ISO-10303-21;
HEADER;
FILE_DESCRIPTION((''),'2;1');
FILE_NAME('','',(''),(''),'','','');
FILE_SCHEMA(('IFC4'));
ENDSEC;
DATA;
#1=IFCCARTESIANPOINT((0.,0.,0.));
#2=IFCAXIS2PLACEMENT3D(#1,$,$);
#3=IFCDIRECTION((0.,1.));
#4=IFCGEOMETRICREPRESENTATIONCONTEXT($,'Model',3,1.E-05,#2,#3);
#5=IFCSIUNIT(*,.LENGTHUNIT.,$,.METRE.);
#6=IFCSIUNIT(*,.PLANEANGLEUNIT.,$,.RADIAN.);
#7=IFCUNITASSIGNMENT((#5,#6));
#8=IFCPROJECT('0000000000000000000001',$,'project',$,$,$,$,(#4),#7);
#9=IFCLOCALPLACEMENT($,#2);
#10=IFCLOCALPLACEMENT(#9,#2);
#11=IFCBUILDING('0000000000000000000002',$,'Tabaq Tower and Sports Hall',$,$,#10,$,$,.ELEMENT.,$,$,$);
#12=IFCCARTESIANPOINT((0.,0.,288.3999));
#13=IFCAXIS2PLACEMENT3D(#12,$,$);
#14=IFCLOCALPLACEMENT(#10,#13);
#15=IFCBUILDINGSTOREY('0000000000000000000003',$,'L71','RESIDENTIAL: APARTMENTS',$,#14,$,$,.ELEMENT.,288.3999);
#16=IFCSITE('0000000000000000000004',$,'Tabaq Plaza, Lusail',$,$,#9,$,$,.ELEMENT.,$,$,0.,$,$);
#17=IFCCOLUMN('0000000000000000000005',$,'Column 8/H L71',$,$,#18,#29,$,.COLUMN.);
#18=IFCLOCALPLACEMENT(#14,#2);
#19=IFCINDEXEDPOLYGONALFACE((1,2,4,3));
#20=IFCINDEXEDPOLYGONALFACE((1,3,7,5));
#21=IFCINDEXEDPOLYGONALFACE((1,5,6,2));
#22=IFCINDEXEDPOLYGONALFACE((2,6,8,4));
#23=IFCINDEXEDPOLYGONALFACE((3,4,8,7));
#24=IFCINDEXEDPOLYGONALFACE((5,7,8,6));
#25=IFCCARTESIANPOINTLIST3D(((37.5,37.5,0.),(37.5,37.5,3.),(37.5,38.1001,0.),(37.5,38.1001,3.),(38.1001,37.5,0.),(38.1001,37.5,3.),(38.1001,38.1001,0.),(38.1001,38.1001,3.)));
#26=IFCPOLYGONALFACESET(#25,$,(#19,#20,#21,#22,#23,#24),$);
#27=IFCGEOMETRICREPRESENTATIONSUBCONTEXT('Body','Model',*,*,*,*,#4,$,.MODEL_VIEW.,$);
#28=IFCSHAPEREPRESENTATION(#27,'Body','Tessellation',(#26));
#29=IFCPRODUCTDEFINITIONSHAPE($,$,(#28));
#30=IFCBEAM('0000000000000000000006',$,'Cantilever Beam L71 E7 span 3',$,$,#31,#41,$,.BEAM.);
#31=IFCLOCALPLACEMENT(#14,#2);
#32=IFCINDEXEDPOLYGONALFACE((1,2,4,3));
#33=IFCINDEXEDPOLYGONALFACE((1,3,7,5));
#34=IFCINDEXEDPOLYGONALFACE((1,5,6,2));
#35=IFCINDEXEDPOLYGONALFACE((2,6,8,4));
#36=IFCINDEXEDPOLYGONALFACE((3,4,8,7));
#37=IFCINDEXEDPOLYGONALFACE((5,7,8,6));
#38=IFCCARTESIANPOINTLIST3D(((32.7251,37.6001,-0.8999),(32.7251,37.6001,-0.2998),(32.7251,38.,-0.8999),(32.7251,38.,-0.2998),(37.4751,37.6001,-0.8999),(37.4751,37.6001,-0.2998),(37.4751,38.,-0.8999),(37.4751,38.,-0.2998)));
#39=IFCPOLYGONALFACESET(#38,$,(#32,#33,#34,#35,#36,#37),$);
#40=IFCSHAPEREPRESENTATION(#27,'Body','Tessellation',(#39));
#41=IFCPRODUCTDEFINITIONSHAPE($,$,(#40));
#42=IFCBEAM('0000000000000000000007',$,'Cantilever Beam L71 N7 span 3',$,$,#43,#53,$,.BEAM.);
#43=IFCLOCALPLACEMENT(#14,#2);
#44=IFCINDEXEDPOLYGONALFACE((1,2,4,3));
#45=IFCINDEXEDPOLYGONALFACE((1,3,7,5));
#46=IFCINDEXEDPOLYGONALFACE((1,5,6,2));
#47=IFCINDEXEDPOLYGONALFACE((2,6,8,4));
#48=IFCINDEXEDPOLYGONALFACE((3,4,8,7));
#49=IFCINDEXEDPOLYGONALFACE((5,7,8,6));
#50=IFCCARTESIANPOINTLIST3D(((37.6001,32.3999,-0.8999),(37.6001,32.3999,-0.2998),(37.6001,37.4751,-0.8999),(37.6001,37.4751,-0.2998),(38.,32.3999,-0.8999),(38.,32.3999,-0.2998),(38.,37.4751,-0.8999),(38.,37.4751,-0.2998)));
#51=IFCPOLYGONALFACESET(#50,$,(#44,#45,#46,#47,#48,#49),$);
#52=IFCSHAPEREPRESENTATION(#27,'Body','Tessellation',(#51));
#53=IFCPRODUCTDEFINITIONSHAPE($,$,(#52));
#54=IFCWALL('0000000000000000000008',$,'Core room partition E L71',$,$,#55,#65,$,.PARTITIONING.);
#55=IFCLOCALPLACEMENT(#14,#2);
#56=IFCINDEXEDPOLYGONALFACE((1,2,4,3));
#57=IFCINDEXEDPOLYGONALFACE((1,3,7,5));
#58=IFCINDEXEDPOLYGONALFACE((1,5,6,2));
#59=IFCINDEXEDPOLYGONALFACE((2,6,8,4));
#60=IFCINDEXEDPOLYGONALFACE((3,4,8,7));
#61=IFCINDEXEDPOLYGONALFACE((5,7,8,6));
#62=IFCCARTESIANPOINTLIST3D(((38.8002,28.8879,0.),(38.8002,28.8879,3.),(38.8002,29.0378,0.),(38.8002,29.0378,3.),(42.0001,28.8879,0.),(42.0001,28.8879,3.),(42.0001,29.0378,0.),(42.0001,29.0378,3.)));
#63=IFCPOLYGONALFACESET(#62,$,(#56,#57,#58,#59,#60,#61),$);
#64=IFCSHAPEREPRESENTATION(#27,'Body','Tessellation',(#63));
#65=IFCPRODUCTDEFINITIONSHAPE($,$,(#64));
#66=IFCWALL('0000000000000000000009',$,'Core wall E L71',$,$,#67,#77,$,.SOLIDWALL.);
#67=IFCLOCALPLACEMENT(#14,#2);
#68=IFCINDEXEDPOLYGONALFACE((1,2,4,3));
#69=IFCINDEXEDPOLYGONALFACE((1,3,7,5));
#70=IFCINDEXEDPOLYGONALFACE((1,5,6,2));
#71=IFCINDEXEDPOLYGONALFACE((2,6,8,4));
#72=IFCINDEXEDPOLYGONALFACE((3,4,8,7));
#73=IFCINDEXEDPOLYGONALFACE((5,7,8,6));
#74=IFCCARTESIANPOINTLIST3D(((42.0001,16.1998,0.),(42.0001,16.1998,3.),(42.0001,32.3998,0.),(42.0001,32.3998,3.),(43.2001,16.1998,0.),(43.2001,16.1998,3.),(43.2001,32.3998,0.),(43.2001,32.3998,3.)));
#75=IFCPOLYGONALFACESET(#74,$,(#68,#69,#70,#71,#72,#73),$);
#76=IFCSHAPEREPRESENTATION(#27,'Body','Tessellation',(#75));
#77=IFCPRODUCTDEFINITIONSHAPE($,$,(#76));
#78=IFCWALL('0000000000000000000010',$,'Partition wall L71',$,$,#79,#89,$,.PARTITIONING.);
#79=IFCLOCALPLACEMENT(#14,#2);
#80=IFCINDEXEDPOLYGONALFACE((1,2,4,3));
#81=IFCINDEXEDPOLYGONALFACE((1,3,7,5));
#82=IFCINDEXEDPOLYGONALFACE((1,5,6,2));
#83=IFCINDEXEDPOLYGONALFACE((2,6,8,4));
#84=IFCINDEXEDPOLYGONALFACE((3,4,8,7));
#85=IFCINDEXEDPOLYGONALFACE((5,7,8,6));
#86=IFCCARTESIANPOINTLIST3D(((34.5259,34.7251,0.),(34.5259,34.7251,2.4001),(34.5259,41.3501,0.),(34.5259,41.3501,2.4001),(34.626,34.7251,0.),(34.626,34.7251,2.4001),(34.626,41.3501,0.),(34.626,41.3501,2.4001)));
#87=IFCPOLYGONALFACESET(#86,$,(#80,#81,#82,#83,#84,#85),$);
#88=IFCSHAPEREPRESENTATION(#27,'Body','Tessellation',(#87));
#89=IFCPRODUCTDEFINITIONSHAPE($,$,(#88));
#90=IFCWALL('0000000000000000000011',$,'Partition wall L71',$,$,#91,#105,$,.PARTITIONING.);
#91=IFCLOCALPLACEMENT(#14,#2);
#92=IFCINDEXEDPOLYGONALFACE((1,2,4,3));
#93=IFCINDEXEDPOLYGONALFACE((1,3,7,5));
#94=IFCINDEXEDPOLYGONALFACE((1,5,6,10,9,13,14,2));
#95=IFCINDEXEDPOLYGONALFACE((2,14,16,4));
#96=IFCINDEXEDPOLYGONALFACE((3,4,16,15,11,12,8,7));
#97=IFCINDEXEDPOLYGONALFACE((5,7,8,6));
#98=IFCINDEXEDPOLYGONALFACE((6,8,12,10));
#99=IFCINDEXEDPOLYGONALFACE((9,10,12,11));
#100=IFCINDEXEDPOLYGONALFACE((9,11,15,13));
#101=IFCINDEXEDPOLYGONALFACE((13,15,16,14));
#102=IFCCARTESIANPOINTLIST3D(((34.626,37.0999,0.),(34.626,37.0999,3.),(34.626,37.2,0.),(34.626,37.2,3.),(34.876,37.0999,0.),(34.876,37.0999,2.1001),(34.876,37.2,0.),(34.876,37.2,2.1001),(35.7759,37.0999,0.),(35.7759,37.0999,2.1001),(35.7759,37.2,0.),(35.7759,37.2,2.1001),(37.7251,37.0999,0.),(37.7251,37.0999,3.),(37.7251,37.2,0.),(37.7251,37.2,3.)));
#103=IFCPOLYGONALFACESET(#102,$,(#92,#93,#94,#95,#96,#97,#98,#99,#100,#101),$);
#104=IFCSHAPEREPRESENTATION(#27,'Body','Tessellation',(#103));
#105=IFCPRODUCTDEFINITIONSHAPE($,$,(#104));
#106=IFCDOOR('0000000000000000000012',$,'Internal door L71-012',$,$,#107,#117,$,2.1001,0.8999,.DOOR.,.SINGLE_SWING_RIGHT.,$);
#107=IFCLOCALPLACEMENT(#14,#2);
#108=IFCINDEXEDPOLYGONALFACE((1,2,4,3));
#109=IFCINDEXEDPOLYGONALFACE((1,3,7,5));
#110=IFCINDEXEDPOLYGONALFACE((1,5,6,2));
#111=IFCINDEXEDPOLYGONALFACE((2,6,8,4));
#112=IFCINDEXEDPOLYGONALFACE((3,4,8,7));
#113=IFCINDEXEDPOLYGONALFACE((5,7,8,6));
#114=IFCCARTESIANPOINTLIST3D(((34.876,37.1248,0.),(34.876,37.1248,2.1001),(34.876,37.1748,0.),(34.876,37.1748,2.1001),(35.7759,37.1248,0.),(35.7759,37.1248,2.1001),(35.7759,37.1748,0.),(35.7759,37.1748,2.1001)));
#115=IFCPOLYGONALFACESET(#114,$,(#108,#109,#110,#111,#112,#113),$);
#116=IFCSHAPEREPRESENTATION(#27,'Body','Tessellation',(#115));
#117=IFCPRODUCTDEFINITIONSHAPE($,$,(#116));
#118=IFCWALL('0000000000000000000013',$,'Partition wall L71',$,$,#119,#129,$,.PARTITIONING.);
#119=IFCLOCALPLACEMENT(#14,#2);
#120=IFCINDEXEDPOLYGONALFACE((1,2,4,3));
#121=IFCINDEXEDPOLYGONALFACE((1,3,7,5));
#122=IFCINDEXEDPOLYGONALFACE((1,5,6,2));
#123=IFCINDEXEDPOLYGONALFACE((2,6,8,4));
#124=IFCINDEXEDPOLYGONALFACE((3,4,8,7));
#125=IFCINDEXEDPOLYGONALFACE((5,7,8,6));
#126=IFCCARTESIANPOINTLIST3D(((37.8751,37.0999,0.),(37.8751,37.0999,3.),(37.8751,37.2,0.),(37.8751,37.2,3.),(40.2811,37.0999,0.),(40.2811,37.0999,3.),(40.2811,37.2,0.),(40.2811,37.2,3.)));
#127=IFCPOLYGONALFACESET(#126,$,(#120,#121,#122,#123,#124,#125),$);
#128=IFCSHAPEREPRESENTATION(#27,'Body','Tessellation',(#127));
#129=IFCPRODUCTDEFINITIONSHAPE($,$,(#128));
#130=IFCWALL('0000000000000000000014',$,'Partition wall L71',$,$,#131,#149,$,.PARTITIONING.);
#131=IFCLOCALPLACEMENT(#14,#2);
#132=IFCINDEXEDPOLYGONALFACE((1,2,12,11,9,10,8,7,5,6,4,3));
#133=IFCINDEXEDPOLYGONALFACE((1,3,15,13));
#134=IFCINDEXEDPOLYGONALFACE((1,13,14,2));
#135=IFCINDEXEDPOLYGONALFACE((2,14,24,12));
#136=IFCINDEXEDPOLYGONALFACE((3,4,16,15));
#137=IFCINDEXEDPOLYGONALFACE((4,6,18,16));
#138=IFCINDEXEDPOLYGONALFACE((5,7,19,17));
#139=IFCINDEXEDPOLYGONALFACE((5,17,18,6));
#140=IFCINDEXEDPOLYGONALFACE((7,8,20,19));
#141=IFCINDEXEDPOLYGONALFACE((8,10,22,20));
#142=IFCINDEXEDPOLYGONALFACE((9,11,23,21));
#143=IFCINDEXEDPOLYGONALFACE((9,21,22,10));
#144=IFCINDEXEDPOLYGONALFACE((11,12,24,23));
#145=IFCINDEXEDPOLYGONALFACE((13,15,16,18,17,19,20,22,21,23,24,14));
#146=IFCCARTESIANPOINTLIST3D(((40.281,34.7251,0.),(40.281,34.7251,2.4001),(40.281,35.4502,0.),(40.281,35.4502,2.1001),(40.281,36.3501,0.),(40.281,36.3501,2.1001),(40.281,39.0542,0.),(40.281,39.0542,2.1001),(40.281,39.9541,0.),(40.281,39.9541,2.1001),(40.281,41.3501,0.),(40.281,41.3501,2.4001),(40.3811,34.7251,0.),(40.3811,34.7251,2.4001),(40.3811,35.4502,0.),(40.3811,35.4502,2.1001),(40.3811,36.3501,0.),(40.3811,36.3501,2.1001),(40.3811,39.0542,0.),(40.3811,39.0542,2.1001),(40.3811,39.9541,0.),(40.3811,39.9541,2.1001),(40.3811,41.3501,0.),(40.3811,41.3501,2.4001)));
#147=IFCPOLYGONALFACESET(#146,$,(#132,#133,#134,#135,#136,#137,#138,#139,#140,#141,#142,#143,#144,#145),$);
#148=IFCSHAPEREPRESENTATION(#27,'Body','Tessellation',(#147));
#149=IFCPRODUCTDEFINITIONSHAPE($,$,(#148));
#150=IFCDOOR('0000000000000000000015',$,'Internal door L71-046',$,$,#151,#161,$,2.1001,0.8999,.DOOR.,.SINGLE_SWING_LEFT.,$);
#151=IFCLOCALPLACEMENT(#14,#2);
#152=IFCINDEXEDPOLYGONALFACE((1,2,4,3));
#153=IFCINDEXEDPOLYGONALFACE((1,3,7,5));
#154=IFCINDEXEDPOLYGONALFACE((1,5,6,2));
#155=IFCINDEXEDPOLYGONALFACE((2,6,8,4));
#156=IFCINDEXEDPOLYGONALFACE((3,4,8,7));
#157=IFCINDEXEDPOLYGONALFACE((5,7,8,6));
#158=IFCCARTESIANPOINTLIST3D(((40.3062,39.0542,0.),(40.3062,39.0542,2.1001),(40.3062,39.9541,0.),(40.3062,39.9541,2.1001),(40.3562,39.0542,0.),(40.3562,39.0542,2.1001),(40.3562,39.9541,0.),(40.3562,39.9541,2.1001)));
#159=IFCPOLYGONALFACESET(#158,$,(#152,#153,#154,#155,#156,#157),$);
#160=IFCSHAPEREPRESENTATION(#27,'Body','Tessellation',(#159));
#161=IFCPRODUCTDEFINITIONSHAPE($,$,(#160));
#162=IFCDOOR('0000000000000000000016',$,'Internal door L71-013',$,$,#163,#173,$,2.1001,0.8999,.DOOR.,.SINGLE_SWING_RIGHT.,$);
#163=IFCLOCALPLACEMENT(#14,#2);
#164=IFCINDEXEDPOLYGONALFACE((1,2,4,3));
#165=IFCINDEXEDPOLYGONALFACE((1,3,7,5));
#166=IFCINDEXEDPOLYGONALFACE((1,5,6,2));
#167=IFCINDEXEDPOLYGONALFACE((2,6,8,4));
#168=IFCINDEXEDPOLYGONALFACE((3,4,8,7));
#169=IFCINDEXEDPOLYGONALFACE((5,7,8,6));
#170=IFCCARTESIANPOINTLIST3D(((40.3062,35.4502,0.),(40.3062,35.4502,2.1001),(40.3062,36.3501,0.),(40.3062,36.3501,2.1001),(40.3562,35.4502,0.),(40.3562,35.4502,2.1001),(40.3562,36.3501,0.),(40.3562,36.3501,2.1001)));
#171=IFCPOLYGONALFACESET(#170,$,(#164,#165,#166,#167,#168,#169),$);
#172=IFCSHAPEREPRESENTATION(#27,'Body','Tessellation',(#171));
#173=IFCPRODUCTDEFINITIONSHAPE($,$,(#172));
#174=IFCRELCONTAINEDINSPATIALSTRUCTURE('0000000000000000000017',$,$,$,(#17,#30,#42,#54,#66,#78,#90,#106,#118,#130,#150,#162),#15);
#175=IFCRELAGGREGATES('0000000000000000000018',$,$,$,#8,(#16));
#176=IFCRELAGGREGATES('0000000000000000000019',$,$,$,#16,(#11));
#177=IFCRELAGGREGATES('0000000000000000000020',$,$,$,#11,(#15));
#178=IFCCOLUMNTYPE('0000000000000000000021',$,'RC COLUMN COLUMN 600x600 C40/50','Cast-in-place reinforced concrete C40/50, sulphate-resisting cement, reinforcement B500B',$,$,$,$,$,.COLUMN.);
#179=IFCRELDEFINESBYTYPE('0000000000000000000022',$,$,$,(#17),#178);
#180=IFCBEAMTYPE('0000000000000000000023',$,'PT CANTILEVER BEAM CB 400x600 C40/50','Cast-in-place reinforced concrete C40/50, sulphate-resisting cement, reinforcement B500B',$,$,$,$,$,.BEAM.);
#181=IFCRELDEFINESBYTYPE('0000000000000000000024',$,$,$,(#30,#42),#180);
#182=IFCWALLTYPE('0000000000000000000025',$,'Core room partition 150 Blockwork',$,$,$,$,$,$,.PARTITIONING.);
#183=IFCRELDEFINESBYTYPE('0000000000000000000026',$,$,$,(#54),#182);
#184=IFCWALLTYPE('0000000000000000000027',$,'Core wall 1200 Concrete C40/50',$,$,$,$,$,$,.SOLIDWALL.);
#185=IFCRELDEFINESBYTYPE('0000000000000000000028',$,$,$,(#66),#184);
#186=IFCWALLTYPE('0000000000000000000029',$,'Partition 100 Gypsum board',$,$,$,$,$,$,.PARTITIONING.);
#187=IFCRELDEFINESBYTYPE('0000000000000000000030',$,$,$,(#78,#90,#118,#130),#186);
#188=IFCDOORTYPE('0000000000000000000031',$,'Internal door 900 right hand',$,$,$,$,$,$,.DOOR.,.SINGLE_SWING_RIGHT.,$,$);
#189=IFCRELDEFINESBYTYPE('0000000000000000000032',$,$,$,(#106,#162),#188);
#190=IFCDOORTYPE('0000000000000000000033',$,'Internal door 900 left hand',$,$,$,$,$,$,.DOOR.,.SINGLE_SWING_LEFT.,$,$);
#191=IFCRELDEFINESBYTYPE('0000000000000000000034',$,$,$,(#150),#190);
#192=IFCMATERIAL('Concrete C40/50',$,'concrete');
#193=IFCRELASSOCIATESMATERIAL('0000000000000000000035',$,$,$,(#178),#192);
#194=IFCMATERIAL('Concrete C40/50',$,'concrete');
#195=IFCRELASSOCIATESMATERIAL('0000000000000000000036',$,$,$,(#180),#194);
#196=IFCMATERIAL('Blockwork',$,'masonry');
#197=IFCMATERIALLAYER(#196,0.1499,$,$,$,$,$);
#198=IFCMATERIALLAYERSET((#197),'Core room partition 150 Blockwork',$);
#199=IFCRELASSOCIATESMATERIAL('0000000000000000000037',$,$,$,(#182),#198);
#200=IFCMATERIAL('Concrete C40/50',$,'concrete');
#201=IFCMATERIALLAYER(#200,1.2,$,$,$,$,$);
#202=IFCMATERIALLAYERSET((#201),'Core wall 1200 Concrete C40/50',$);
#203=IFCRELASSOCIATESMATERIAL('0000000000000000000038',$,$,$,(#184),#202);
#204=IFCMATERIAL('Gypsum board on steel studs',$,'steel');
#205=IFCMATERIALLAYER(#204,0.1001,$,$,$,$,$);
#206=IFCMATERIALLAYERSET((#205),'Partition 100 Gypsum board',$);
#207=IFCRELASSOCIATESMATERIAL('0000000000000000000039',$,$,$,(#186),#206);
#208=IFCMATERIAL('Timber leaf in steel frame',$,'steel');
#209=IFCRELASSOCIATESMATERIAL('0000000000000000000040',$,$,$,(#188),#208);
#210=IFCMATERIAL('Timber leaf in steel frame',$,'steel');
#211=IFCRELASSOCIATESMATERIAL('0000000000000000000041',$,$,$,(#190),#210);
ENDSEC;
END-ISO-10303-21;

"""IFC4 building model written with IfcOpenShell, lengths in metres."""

from ifc_helpers import new_model, si_unit, direction, frame, frame_2d, origin, origin_2d, place, context, subcontext, project, spatial, rectangle, extrude, material, layer, layer_set, material_profile, profile_set, type_object, element, fill, save


model = new_model("IFC4")

# Units and contexts
model_context = context("Model", 3, precision=1e-05, world=origin(), true_north=direction((0.0, 1.0)))
body_context = subcontext(model_context, "Body", "Model", "MODEL_VIEW")
ifc_project = project(units=[si_unit("LENGTHUNIT", "METRE"), si_unit("PLANEANGLEUNIT", "RADIAN")], contexts=[model_context])

# Site, building, storey
site_placement = place(None, origin())
site = spatial("IfcSite", under=ifc_project, at=site_placement, Name="Tabaq Plaza, Lusail", CompositionType="ELEMENT", RefElevation=0.0)
building_placement = place(site_placement, origin())
building = spatial("IfcBuilding", under=site, at=building_placement, Name="Tabaq Tower and Sports Hall", CompositionType="ELEMENT")
storey_placement = place(building_placement, frame((0.0, 0.0, 288.3999)))
storey = spatial("IfcBuildingStorey", under=building, at=storey_placement, Name="L71", Description="RESIDENTIAL: APARTMENTS", CompositionType="ELEMENT", Elevation=288.3999)

# Column
ifc_material_1 = material(Name="Concrete C40/50", Category="concrete")
ifc_material_profile_1 = material_profile(ifc_material_1, rectangle(XDim=0.6001, YDim=0.6001, at=origin_2d()), Name="COLUMN 600x600")
ifc_profile_set_1 = profile_set([ifc_material_profile_1], Name="Concrete C40/50")
column_type = type_object("IfcColumnType", Name="RC COLUMN COLUMN 600x600 C40/50", Description="Cast-in-place reinforced concrete C40/50, sulphate-resisting cement, reinforcement B500B", PredefinedType="COLUMN", material=ifc_profile_set_1)
column_placement = place(storey_placement, frame((37.8, 37.8, 0.0), z_axis=(0.0, 0.0, 1.0), x_axis=(1.0, 0.0, 0.0)))
element("IfcColumn", 1, at=column_placement, inside=storey, type_object=column_type, Name="Column 8/H L71", PredefinedType="COLUMN", context=body_context, shape_type="SweptSolid", body=[
    extrude(rectangle(XDim=0.6001, YDim=0.6001, at=origin_2d()), origin(), (0.0, 0.0, 1.0), 3.0),
])

# Beams
ifc_material_2 = material(Name="Concrete C40/50", Category="concrete")
ifc_material_profile_2 = material_profile(ifc_material_2, rectangle(XDim=0.3999, YDim=0.6001, at=origin_2d()), Name="CB 400x600")
ifc_profile_set_2 = profile_set([ifc_material_profile_2], Name="Concrete C40/50")
beam_type = type_object("IfcBeamType", Name="PT CANTILEVER BEAM CB 400x600 C40/50", Description="Cast-in-place reinforced concrete C40/50, sulphate-resisting cement, reinforcement B500B", PredefinedType="BEAM", material=ifc_profile_set_2)
beam_1_placement = place(storey_placement, frame((37.4751, 37.8, -0.5999), z_axis=(-1.0, 0.0, 0.0), x_axis=(0.0, -1.0, 0.0)))
element("IfcBeam", 2, at=beam_1_placement, inside=storey, type_object=beam_type, Name="Cantilever Beam L71 E7 span 3", PredefinedType="BEAM", context=body_context, shape_type="SweptSolid", body=[
    extrude(rectangle(XDim=0.3999, YDim=0.6001, at=origin_2d()), origin(), (0.0, 0.0, 1.0), 4.75),
])
beam_2_placement = place(storey_placement, frame((37.8, 37.4751, -0.5999), z_axis=(0.0, -1.0, 0.0), x_axis=(1.0, 0.0, 0.0)))
element("IfcBeam", 3, at=beam_2_placement, inside=storey, type_object=beam_type, Name="Cantilever Beam L71 N7 span 3", PredefinedType="BEAM", context=body_context, shape_type="SweptSolid", body=[
    extrude(rectangle(XDim=0.3999, YDim=0.6001, at=origin_2d()), origin(), (0.0, 0.0, 1.0), 5.0752),
])

# Walls
ifc_material_3 = material(Name="Blockwork", Category="masonry")
ifc_layer_1 = layer(ifc_material_3, 0.1499)
ifc_layer_set_1 = layer_set([ifc_layer_1], Name="Core room partition 150 Blockwork")
wall_type_1 = type_object("IfcWallType", Name="Core room partition 150 Blockwork", PredefinedType="PARTITIONING", material=ifc_layer_set_1)
wall_1_placement = place(storey_placement, frame((38.8, 28.9629, 0.0), z_axis=(0.0, 0.0, 1.0), x_axis=(1.0, 0.0, 0.0)))
element("IfcWall", 4, at=wall_1_placement, inside=storey, type_object=wall_type_1, Name="Core room partition E L71", PredefinedType="PARTITIONING", context=body_context, shape_type="SweptSolid", body=[
    extrude(rectangle(XDim=3.2, YDim=0.1499, at=frame_2d((1.6001, 0.0))), origin(), (0.0, 0.0, 1.0), 3.0),
])
ifc_material_4 = material(Name="Concrete C40/50", Category="concrete")
ifc_layer_2 = layer(ifc_material_4, 1.2)
ifc_layer_set_2 = layer_set([ifc_layer_2], Name="Core wall 1200 Concrete C40/50")
wall_type_2 = type_object("IfcWallType", Name="Core wall 1200 Concrete C40/50", PredefinedType="SOLIDWALL", material=ifc_layer_set_2)
wall_2_placement = place(storey_placement, frame((42.6001, 32.3999, 0.0), z_axis=(0.0, 0.0, 1.0), x_axis=(0.0, -1.0, 0.0)))
element("IfcWall", 5, at=wall_2_placement, inside=storey, type_object=wall_type_2, Name="Core wall E L71", PredefinedType="SOLIDWALL", context=body_context, shape_type="SweptSolid", body=[
    extrude(rectangle(XDim=16.2, YDim=1.2, at=frame_2d((8.1001, 0.0))), origin(), (0.0, 0.0, 1.0), 3.0),
])
ifc_material_5 = material(Name="Gypsum board on steel studs", Category="steel")
ifc_layer_3 = layer(ifc_material_5, 0.1001)
ifc_layer_set_3 = layer_set([ifc_layer_3], Name="Partition 100 Gypsum board")
wall_type_3 = type_object("IfcWallType", Name="Partition 100 Gypsum board", PredefinedType="PARTITIONING", material=ifc_layer_set_3)
wall_3_placement = place(storey_placement, frame((34.5759, 34.7251, 0.0), z_axis=(0.0, 0.0, 1.0), x_axis=(0.0, 1.0, 0.0)))
element("IfcWall", 6, at=wall_3_placement, inside=storey, type_object=wall_type_3, Name="Partition wall L71", PredefinedType="PARTITIONING", context=body_context, shape_type="SweptSolid", body=[
    extrude(rectangle(XDim=6.625, YDim=0.1001, at=frame_2d((3.3125, 0.0))), origin(), (0.0, 0.0, 1.0), 2.4001),
])

# Wall, opening, door
wall_4_placement = place(storey_placement, frame((34.626, 37.1499, 0.0), z_axis=(0.0, 0.0, 1.0), x_axis=(1.0, 0.0, 0.0)))
wall_4 = element("IfcWall", 7, at=wall_4_placement, inside=storey, type_object=wall_type_3, Name="Partition wall L71", PredefinedType="PARTITIONING", context=body_context, shape_type="SweptSolid", body=[
    extrude(rectangle(XDim=3.0991, YDim=0.1001, at=frame_2d((1.5496, 0.0))), origin(), (0.0, 0.0, 1.0), 3.0),
])
opening_1_placement = place(wall_4_placement, frame((0.25, 0.0, 0.0)))
opening_1 = element("IfcOpeningElement", 8, at=opening_1_placement, cuts=wall_4, PredefinedType="OPENING", context=body_context, shape_type="SweptSolid", body=[
    extrude(rectangle(XDim=0.8999, YDim=2.1001, at=frame_2d((0.45, 1.05))), frame((0.0, 0.05, 0.0), z_axis=(0.0, -1.0, 0.0), x_axis=(1.0, 0.0, 0.0)), (0.0, 0.0, 1.0), 0.1001),
])
ifc_material_6 = material(Name="Timber leaf in steel frame", Category="steel")
door_type_1 = type_object("IfcDoorType", Name="Internal door 900 right hand", OperationType="SINGLE_SWING_RIGHT", PredefinedType="DOOR", material=ifc_material_6)
door_1_placement = place(opening_1_placement, origin())
door_1 = element("IfcDoor", 9, at=door_1_placement, inside=storey, type_object=door_type_1, Name="Internal door L71-012", OperationType="SINGLE_SWING_RIGHT", OverallHeight=2.1001, OverallWidth=0.8999, PredefinedType="DOOR", context=body_context, shape_type="SweptSolid", body=[
    extrude(rectangle(XDim=0.8999, YDim=2.1001, at=frame_2d((0.45, 1.05))), frame((0.0, 0.0249, 0.0), z_axis=(0.0, -1.0, 0.0), x_axis=(1.0, 0.0, 0.0)), (0.0, 0.0, 1.0), 0.05),
])
fill(opening_1, door_1)

# Wall
wall_5_placement = place(storey_placement, frame((37.875, 37.1499, 0.0), z_axis=(0.0, 0.0, 1.0), x_axis=(1.0, 0.0, 0.0)))
element("IfcWall", 10, at=wall_5_placement, inside=storey, type_object=wall_type_3, Name="Partition wall L71", PredefinedType="PARTITIONING", context=body_context, shape_type="SweptSolid", body=[
    extrude(rectangle(XDim=2.406, YDim=0.1001, at=frame_2d((1.2031, 0.0))), origin(), (0.0, 0.0, 1.0), 3.0),
])

# Wall, openings, doors
wall_6_placement = place(storey_placement, frame((40.3311, 34.7251, 0.0), z_axis=(0.0, 0.0, 1.0), x_axis=(0.0, 1.0, 0.0)))
wall_6 = element("IfcWall", 11, at=wall_6_placement, inside=storey, type_object=wall_type_3, Name="Partition wall L71", PredefinedType="PARTITIONING", context=body_context, shape_type="SweptSolid", body=[
    extrude(rectangle(XDim=6.625, YDim=0.1001, at=frame_2d((3.3125, 0.0))), origin(), (0.0, 0.0, 1.0), 2.4001),
])
opening_2_placement = place(wall_6_placement, frame((0.7251, 0.0, 0.0)))
opening_2 = element("IfcOpeningElement", 12, at=opening_2_placement, cuts=wall_6, PredefinedType="OPENING", context=body_context, shape_type="SweptSolid", body=[
    extrude(rectangle(XDim=0.8999, YDim=2.1001, at=frame_2d((0.45, 1.05))), frame((0.0, 0.05, 0.0), z_axis=(0.0, -1.0, 0.0), x_axis=(1.0, 0.0, 0.0)), (0.0, 0.0, 1.0), 0.1001),
])
opening_3_placement = place(wall_6_placement, frame((4.3291, 0.0, 0.0)))
opening_3 = element("IfcOpeningElement", 13, at=opening_3_placement, cuts=wall_6, PredefinedType="OPENING", context=body_context, shape_type="SweptSolid", body=[
    extrude(rectangle(XDim=0.8999, YDim=2.1001, at=frame_2d((0.45, 1.05))), frame((0.0, 0.05, 0.0), z_axis=(0.0, -1.0, 0.0), x_axis=(1.0, 0.0, 0.0)), (0.0, 0.0, 1.0), 0.1001),
])
ifc_material_7 = material(Name="Timber leaf in steel frame", Category="steel")
door_type_2 = type_object("IfcDoorType", Name="Internal door 900 left hand", OperationType="SINGLE_SWING_LEFT", PredefinedType="DOOR", material=ifc_material_7)
door_2_placement = place(opening_3_placement, origin())
door_2 = element("IfcDoor", 14, at=door_2_placement, inside=storey, type_object=door_type_2, Name="Internal door L71-046", OperationType="SINGLE_SWING_LEFT", OverallHeight=2.1001, OverallWidth=0.8999, PredefinedType="DOOR", context=body_context, shape_type="SweptSolid", body=[
    extrude(rectangle(XDim=0.8999, YDim=2.1001, at=frame_2d((0.45, 1.05))), frame((0.0, 0.0249, 0.0), z_axis=(0.0, -1.0, 0.0), x_axis=(1.0, 0.0, 0.0)), (0.0, 0.0, 1.0), 0.05),
])
fill(opening_3, door_2)
door_3_placement = place(opening_2_placement, origin())
door_3 = element("IfcDoor", 15, at=door_3_placement, inside=storey, type_object=door_type_1, Name="Internal door L71-013", OperationType="SINGLE_SWING_RIGHT", OverallHeight=2.1001, OverallWidth=0.8999, PredefinedType="DOOR", context=body_context, shape_type="SweptSolid", body=[
    extrude(rectangle(XDim=0.8999, YDim=2.1001, at=frame_2d((0.45, 1.05))), frame((0.0, 0.0249, 0.0), z_axis=(0.0, -1.0, 0.0), x_axis=(1.0, 0.0, 0.0)), (0.0, 0.0, 1.0), 0.05),
])
fill(opening_2, door_3)

save(model, "model.ifc")
